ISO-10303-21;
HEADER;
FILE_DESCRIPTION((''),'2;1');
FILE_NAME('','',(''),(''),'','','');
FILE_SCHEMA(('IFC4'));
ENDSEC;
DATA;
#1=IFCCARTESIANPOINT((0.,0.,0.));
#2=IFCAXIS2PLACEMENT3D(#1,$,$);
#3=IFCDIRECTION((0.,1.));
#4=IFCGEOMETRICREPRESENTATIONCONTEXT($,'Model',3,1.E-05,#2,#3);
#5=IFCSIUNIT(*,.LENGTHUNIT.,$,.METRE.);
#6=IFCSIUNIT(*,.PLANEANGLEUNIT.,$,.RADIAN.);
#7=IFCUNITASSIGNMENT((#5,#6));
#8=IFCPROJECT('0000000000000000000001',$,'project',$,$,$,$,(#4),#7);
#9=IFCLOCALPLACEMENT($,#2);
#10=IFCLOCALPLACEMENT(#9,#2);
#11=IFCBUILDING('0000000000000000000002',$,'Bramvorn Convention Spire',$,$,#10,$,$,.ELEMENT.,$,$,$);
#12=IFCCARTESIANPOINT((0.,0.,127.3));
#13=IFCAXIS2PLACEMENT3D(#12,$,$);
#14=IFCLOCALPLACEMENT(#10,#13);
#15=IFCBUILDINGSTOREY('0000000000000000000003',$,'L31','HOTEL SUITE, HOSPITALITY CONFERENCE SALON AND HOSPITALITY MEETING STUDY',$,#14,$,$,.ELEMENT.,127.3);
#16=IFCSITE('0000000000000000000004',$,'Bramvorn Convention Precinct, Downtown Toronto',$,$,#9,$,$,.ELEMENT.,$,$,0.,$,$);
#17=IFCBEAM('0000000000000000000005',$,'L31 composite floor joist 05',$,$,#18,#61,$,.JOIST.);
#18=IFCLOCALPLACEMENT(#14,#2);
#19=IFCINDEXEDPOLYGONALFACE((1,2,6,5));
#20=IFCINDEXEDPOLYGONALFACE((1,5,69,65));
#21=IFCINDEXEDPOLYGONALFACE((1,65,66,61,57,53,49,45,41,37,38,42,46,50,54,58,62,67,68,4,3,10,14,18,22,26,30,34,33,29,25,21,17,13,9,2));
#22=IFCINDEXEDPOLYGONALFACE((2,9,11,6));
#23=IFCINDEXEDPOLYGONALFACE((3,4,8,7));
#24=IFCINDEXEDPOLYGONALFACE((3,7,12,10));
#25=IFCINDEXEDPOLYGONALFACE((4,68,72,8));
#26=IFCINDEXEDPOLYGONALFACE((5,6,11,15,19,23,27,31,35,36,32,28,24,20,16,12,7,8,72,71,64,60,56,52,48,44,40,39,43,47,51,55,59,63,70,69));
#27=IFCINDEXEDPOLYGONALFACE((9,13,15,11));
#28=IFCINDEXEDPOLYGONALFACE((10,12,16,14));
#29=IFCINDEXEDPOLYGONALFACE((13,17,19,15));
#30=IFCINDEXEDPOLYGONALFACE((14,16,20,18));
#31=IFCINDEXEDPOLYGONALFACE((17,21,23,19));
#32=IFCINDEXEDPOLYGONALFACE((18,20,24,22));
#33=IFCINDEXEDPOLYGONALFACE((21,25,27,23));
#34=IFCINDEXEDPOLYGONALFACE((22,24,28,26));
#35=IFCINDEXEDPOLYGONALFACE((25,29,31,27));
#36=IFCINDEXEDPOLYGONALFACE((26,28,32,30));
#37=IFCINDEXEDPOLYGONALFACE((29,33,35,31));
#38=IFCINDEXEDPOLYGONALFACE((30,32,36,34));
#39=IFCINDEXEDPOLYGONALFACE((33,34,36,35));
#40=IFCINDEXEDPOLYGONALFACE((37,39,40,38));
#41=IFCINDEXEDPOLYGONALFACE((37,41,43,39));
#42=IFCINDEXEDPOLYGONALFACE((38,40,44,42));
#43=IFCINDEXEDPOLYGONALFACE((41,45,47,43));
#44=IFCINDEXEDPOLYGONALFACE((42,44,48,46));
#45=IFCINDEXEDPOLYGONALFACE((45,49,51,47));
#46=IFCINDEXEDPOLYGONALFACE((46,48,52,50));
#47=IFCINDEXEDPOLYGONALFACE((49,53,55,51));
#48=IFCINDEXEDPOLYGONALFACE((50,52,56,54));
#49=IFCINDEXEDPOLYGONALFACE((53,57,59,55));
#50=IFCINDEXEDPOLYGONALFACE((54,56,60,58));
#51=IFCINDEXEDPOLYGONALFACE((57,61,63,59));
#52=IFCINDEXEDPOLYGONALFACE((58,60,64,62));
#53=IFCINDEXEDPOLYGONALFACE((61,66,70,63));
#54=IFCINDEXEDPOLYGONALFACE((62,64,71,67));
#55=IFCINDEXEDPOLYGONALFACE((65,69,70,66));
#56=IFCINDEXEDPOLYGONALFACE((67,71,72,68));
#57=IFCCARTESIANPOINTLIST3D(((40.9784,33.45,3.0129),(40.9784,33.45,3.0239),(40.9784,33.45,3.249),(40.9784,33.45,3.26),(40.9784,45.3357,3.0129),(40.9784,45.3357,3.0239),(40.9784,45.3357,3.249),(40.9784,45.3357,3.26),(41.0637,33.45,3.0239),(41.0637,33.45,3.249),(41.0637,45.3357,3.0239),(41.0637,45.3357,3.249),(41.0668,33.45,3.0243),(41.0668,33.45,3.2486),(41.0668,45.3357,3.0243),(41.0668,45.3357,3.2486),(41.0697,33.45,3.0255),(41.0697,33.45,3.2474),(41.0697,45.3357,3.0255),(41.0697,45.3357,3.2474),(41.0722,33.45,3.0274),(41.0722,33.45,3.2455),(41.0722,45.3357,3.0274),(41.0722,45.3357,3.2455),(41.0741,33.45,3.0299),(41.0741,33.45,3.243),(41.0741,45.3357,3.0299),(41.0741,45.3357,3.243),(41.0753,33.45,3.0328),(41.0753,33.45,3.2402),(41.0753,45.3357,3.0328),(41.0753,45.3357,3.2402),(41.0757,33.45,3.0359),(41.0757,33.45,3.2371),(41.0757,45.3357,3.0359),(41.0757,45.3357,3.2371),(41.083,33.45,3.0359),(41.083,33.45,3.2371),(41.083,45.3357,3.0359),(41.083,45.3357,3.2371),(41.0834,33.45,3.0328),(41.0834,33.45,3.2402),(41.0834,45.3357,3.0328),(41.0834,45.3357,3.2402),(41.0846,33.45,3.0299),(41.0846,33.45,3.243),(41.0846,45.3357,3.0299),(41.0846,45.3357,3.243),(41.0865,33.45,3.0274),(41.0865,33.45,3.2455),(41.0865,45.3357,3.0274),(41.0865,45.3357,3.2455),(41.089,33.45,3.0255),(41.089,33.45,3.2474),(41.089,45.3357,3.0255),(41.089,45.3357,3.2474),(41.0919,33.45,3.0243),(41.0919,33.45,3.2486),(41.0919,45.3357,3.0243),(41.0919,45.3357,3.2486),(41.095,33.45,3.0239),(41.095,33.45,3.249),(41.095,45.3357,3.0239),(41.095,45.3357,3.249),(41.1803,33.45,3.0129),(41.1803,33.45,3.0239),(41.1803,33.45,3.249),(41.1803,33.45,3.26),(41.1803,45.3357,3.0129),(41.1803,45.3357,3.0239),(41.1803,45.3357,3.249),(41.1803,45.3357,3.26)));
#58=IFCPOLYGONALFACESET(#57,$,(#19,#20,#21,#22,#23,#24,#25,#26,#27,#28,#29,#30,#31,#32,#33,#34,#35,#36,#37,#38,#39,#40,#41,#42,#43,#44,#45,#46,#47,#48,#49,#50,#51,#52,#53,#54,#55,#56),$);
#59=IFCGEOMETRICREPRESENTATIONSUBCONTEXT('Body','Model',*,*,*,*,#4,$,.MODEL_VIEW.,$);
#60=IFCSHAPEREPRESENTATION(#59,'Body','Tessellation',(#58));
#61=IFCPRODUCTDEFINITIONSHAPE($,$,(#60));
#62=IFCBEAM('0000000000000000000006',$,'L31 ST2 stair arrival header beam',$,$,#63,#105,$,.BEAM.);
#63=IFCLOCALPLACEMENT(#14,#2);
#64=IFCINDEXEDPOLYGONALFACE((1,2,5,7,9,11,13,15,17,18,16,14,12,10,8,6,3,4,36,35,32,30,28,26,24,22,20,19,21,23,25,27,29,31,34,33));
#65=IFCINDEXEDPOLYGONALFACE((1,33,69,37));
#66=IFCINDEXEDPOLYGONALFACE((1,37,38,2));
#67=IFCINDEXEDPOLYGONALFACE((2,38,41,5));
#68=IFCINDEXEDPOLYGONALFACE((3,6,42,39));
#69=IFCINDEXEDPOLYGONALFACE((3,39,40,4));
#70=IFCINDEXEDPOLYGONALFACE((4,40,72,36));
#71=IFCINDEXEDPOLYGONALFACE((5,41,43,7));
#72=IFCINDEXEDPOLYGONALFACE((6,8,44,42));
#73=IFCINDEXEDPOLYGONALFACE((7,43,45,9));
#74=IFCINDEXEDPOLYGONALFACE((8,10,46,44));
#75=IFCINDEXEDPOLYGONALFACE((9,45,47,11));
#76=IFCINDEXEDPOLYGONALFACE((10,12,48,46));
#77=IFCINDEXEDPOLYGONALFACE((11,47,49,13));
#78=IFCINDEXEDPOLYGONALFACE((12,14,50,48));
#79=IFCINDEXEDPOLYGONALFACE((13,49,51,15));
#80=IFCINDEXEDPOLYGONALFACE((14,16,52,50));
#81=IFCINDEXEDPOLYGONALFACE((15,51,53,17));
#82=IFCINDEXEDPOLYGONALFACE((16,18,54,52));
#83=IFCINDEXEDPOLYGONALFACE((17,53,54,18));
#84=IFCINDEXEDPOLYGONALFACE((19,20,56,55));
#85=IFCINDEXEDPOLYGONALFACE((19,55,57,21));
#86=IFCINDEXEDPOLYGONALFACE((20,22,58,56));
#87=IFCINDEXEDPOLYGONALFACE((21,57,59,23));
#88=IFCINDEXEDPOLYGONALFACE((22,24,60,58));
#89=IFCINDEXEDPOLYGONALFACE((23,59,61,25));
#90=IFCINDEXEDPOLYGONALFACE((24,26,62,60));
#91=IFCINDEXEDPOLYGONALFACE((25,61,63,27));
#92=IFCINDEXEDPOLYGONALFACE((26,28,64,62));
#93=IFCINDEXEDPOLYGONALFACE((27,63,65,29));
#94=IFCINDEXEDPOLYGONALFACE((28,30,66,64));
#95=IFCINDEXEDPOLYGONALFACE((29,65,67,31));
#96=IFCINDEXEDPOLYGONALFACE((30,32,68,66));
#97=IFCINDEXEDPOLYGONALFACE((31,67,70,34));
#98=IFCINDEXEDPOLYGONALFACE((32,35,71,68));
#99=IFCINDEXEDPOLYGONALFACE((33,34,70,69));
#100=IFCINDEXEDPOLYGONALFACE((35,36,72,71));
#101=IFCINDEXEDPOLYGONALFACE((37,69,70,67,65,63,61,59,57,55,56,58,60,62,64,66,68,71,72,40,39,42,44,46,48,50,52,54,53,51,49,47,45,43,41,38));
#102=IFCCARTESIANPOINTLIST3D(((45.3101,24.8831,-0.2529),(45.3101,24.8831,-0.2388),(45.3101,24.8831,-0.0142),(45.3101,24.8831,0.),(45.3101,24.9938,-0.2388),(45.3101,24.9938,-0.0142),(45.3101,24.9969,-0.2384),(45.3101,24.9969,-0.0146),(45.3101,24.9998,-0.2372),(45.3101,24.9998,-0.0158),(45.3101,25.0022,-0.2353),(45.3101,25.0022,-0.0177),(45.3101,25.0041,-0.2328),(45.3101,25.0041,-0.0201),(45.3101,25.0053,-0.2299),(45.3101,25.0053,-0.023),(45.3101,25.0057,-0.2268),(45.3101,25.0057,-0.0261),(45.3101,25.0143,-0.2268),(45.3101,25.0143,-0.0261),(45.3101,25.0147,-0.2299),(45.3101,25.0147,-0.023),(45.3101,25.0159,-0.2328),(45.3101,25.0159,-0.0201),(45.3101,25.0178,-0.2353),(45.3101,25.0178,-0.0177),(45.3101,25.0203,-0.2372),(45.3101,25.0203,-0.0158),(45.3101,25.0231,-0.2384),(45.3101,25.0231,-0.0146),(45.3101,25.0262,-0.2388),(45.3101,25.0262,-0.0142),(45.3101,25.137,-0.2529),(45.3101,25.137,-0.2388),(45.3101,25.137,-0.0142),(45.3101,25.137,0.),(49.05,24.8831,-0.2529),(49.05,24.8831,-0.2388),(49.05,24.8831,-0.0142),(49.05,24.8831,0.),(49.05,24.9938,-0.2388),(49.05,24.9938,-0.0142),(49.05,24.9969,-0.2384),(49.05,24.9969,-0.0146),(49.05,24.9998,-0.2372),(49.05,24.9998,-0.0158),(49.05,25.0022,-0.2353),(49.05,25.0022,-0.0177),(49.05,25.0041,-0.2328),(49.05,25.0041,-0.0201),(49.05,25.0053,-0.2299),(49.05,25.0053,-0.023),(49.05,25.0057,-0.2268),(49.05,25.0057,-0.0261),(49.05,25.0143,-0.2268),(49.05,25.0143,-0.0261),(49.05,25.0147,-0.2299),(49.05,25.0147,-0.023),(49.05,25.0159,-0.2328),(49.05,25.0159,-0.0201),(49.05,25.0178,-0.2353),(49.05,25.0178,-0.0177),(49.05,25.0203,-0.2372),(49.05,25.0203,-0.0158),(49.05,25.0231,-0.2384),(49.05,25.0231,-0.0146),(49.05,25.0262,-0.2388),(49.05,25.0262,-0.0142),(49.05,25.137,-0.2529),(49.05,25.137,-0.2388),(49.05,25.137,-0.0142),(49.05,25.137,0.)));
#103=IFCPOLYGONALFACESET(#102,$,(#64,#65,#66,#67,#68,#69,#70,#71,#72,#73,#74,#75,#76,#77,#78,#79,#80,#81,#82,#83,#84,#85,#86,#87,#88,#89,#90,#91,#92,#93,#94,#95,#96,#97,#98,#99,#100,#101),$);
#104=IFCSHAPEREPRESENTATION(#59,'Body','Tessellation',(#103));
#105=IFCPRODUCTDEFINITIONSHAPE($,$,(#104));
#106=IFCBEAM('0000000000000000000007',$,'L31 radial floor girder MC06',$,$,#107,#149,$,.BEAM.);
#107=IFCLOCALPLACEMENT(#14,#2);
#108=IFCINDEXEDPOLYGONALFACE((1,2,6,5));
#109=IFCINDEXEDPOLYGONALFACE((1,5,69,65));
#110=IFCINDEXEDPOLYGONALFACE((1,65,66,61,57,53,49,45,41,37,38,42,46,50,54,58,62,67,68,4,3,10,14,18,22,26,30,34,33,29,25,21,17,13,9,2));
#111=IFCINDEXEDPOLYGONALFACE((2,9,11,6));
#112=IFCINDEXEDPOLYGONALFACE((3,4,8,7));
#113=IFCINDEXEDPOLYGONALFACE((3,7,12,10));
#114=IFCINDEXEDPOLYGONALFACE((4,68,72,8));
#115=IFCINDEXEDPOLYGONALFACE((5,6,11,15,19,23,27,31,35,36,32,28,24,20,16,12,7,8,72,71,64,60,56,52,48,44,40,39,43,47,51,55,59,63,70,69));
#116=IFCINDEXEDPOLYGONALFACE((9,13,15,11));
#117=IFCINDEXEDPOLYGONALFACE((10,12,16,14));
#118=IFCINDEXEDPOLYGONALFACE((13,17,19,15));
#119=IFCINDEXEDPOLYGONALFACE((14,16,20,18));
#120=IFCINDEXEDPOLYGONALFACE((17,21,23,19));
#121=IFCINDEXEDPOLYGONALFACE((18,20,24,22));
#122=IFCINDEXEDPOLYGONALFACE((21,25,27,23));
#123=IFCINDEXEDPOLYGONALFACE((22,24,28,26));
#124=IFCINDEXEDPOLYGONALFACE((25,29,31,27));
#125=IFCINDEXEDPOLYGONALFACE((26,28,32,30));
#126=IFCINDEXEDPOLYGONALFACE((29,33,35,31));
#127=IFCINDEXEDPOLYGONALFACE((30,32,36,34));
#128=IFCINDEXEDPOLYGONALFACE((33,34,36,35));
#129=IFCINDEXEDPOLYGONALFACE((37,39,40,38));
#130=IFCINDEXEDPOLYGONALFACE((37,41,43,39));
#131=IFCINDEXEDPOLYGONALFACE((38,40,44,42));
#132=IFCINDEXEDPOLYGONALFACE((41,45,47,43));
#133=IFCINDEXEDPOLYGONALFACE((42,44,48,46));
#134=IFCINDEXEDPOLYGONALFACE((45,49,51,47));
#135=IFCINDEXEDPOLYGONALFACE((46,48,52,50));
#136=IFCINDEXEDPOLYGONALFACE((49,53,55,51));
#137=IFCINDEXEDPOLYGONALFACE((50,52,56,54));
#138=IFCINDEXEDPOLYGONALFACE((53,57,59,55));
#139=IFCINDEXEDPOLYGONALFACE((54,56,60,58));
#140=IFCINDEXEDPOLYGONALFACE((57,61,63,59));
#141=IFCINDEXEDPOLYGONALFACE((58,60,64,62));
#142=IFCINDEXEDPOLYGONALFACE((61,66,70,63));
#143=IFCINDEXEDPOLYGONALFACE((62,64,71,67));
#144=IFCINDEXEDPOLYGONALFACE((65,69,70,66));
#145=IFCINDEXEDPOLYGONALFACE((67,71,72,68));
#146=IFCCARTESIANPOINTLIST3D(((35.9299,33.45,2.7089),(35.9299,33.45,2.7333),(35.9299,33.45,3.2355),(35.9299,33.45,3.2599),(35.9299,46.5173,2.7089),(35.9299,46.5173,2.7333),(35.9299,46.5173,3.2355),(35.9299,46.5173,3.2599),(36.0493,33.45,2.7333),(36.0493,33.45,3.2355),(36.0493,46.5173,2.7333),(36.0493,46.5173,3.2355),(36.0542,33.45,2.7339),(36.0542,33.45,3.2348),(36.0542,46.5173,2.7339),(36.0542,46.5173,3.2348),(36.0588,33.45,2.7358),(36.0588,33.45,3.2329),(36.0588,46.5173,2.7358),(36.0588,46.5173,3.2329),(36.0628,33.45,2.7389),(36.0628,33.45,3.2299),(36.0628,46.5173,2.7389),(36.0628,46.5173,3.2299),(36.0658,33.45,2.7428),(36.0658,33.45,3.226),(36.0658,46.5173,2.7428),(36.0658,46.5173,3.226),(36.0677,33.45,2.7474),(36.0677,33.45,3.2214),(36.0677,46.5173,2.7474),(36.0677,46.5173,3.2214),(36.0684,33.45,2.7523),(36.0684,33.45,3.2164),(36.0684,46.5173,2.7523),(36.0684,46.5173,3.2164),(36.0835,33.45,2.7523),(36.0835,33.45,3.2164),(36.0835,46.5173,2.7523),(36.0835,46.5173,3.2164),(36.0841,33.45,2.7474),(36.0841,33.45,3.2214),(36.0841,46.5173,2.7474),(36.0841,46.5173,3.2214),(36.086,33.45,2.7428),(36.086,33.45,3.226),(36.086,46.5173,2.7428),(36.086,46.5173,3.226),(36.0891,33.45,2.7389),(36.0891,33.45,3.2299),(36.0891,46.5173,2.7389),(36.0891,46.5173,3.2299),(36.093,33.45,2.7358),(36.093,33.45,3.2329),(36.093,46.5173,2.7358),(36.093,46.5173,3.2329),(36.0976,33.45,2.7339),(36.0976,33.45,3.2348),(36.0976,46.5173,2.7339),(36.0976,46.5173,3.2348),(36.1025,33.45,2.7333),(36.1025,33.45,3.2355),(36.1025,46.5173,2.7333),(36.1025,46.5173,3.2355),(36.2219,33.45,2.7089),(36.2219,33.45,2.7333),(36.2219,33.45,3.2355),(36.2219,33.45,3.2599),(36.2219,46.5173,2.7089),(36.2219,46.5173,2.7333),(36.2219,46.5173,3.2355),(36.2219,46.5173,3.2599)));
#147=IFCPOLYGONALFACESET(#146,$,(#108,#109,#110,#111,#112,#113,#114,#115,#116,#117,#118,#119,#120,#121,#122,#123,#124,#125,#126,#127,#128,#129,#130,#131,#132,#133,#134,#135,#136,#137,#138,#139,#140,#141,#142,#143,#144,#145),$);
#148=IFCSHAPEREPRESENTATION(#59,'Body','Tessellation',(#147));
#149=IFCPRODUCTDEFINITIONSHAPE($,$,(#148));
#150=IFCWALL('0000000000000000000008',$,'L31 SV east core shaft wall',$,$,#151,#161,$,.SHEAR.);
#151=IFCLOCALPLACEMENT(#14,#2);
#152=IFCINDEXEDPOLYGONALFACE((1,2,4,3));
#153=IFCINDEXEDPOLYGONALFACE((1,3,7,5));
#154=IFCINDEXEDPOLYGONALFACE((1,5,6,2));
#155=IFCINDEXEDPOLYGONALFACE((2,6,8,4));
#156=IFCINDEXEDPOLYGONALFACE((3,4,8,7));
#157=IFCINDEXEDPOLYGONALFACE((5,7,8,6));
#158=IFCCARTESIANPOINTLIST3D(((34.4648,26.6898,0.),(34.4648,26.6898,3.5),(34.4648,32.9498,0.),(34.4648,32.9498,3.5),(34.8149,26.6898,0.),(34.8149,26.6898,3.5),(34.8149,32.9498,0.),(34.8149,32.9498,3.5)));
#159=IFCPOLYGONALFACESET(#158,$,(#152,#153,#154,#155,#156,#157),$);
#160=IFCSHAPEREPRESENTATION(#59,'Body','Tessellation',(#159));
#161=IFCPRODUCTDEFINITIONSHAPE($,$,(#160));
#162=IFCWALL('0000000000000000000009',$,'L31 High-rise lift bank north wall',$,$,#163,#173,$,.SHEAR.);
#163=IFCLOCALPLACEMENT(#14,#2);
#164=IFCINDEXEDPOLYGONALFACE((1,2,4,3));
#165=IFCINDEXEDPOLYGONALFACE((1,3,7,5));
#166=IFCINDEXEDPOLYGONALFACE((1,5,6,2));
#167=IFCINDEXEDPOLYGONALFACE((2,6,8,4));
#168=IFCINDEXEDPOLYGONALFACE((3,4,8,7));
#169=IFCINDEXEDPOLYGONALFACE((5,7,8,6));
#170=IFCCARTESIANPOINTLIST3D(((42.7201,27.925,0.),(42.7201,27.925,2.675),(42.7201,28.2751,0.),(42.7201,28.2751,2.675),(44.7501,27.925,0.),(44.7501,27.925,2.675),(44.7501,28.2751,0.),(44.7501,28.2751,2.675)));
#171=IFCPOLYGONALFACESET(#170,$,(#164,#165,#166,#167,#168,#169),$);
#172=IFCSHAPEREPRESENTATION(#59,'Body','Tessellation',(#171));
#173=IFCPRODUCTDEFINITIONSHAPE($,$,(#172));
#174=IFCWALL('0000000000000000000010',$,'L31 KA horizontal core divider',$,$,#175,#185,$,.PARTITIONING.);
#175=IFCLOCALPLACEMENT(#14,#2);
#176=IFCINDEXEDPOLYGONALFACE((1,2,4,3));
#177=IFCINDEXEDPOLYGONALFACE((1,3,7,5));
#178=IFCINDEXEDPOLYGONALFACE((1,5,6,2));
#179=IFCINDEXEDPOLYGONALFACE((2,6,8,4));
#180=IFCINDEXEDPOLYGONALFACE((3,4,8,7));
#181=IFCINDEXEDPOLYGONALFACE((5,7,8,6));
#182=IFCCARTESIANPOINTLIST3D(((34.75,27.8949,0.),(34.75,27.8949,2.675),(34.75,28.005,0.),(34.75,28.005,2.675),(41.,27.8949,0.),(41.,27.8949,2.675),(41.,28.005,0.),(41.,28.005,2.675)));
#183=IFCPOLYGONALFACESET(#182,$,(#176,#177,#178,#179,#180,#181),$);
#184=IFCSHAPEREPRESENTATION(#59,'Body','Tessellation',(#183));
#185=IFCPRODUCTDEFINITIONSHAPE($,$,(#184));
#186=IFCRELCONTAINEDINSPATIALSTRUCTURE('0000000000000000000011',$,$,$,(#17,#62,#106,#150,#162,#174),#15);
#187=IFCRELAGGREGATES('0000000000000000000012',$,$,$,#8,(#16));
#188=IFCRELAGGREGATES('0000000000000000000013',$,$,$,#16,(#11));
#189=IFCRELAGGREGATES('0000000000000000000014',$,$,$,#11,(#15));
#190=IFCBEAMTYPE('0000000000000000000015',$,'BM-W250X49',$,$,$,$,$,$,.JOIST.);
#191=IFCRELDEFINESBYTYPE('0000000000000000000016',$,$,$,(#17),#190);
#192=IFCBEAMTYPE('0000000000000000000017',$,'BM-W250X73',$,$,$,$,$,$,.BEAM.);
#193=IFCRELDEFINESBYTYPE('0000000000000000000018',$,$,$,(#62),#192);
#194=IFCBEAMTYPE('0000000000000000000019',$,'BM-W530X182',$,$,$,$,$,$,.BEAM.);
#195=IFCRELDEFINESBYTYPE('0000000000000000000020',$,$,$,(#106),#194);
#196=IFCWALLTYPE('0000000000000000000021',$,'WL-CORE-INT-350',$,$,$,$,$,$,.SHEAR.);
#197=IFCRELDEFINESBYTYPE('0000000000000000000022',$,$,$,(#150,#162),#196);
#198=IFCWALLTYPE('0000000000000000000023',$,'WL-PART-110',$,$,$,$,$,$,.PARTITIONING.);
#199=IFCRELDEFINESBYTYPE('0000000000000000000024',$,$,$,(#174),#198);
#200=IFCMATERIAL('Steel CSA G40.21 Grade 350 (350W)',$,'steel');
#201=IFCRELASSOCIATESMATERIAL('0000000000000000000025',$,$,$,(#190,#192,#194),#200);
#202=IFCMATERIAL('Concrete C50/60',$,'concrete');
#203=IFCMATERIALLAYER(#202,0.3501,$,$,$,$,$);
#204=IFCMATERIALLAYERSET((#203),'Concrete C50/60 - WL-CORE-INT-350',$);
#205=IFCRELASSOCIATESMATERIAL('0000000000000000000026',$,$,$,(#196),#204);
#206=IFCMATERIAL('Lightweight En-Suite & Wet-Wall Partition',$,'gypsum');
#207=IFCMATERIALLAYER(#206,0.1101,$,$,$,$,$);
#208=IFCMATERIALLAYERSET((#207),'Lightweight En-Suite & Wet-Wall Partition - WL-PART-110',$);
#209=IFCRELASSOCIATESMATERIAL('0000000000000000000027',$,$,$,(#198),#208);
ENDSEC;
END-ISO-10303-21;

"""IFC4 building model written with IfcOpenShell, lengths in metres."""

from ifc_helpers import new_model, si_unit, direction, frame, frame_2d, origin, origin_2d, place, context, subcontext, project, spatial, rectangle, i_section, extrude, material, layer, layer_set, material_profile, profile_set, type_object, element, save


model = new_model("IFC4")

# Units and contexts
model_context = context("Model", 3, precision=1e-05, world=origin(), true_north=direction((0.0, 1.0)))
body_context = subcontext(model_context, "Body", "Model", "MODEL_VIEW")
ifc_project = project(units=[si_unit("LENGTHUNIT", "METRE"), si_unit("PLANEANGLEUNIT", "RADIAN")], contexts=[model_context])

# Site, building, storey
site_placement = place(None, origin())
site = spatial("IfcSite", under=ifc_project, at=site_placement, Name="Bramvorn Convention Precinct, Downtown Toronto", CompositionType="ELEMENT", RefElevation=0.0)
building_placement = place(site_placement, origin())
building = spatial("IfcBuilding", under=site, at=building_placement, Name="Bramvorn Convention Spire", CompositionType="ELEMENT")
storey_placement = place(building_placement, frame((0.0, 0.0, 127.3)))
storey = spatial("IfcBuildingStorey", under=building, at=storey_placement, Name="L31", Description="HOTEL SUITE, HOSPITALITY CONFERENCE SALON AND HOSPITALITY MEETING STUDY", CompositionType="ELEMENT", Elevation=127.3)

# Beams
ifc_material_1 = material(Name="Steel CSA G40.21 Grade 350 (350W)", Category="steel")
ifc_material_profile_1 = material_profile(ifc_material_1, i_section(OverallWidth=0.2019, OverallDepth=0.2471, WebThickness=0.0073, FlangeThickness=0.011, FilletRadius=0.012, at=origin_2d()))
ifc_profile_set_1 = profile_set([ifc_material_profile_1], Name="Steel CSA G40.21 Grade 350 (350W) - W250X49")
beam_type_1 = type_object("IfcBeamType", Name="BM-W250X49", PredefinedType="JOIST", material=ifc_profile_set_1)
beam_1_placement = place(storey_placement, frame((41.0793, 33.45, 3.1365), z_axis=(0.0, 1.0, 0.0), x_axis=(-1.0, 0.0, 0.0)))
element("IfcBeam", 1, at=beam_1_placement, inside=storey, type_object=beam_type_1, Name="L31 composite floor joist 05", PredefinedType="JOIST", context=body_context, shape_type="SweptSolid", body=[
    extrude(i_section(OverallWidth=0.2019, OverallDepth=0.2471, WebThickness=0.0073, FlangeThickness=0.011, FilletRadius=0.012, at=origin_2d()), origin(), (0.0, 0.0, 1.0), 11.8857),
])
ifc_material_profile_2 = material_profile(ifc_material_1, i_section(OverallWidth=0.2539, OverallDepth=0.2529, WebThickness=0.0085, FlangeThickness=0.0142, FilletRadius=0.012, at=origin_2d()))
ifc_profile_set_2 = profile_set([ifc_material_profile_2], Name="Steel CSA G40.21 Grade 350 (350W) - W250X73")
beam_type_2 = type_object("IfcBeamType", Name="BM-W250X73", PredefinedType="BEAM", material=ifc_profile_set_2)
beam_2_placement = place(storey_placement, frame((45.3101, 25.01, -0.1265), z_axis=(1.0, 0.0, 0.0), x_axis=(0.0, 1.0, 0.0)))
element("IfcBeam", 2, at=beam_2_placement, inside=storey, type_object=beam_type_2, Name="L31 ST2 stair arrival header beam", PredefinedType="BEAM", context=body_context, shape_type="SweptSolid", body=[
    extrude(i_section(OverallWidth=0.2539, OverallDepth=0.2529, WebThickness=0.0085, FlangeThickness=0.0142, FilletRadius=0.012, at=origin_2d()), origin(), (0.0, 0.0, 1.0), 3.74),
])
ifc_material_profile_3 = material_profile(ifc_material_1, i_section(OverallWidth=0.292, OverallDepth=0.551, WebThickness=0.0151, FlangeThickness=0.0244, FilletRadius=0.019, at=origin_2d()))
ifc_profile_set_3 = profile_set([ifc_material_profile_3], Name="Steel CSA G40.21 Grade 350 (350W) - W530X182")
beam_type_3 = type_object("IfcBeamType", Name="BM-W530X182", PredefinedType="BEAM", material=ifc_profile_set_3)
beam_3_placement = place(storey_placement, frame((36.0759, 33.45, 2.9844), z_axis=(0.0, 1.0, 0.0), x_axis=(-1.0, 0.0, 0.0)))
element("IfcBeam", 3, at=beam_3_placement, inside=storey, type_object=beam_type_3, Name="L31 radial floor girder MC06", PredefinedType="BEAM", context=body_context, shape_type="SweptSolid", body=[
    extrude(i_section(OverallWidth=0.292, OverallDepth=0.551, WebThickness=0.0151, FlangeThickness=0.0244, FilletRadius=0.019, at=origin_2d()), origin(), (0.0, 0.0, 1.0), 13.0674),
])

# Shared definitions
ifc_material_2 = material(Name="Concrete C50/60", Category="concrete")
ifc_layer_1 = layer(ifc_material_2, 0.3501)
ifc_layer_set_1 = layer_set([ifc_layer_1], Name="Concrete C50/60 - WL-CORE-INT-350")
wall_type_1 = type_object("IfcWallType", Name="WL-CORE-INT-350", PredefinedType="SHEAR", material=ifc_layer_set_1)

# Walls
wall_1_placement = place(storey_placement, frame((34.6399, 26.6899, 0.0), z_axis=(0.0, 0.0, 1.0), x_axis=(0.0, 1.0, 0.0)))
element("IfcWall", 4, at=wall_1_placement, inside=storey, type_object=wall_type_1, Name="L31 SV east core shaft wall", PredefinedType="SHEAR", context=body_context, shape_type="SweptSolid", body=[
    extrude(rectangle(XDim=6.26, YDim=0.3501, at=frame_2d((3.1299, 0.0))), origin(), (0.0, 0.0, 1.0), 3.5),
])
wall_2_placement = place(storey_placement, frame((42.72, 28.1001, 0.0), z_axis=(0.0, 0.0, 1.0), x_axis=(1.0, 0.0, 0.0)))
element("IfcWall", 5, at=wall_2_placement, inside=storey, type_object=wall_type_1, Name="L31 High-rise lift bank north wall", PredefinedType="SHEAR", context=body_context, shape_type="SweptSolid", body=[
    extrude(rectangle(XDim=2.03, YDim=0.3501, at=frame_2d((1.0151, 0.0))), origin(), (0.0, 0.0, 1.0), 2.675),
])
ifc_material_3 = material(Name="Lightweight En-Suite & Wet-Wall Partition", Category="gypsum")
ifc_layer_2 = layer(ifc_material_3, 0.1101)
ifc_layer_set_2 = layer_set([ifc_layer_2], Name="Lightweight En-Suite & Wet-Wall Partition - WL-PART-110")
wall_type_2 = type_object("IfcWallType", Name="WL-PART-110", PredefinedType="PARTITIONING", material=ifc_layer_set_2)
wall_3_placement = place(storey_placement, frame((34.75, 27.95, 0.0), z_axis=(0.0, 0.0, 1.0), x_axis=(1.0, 0.0, 0.0)))
element("IfcWall", 6, at=wall_3_placement, inside=storey, type_object=wall_type_2, Name="L31 KA horizontal core divider", PredefinedType="PARTITIONING", context=body_context, shape_type="SweptSolid", body=[
    extrude(rectangle(XDim=6.25, YDim=0.1101, at=frame_2d((3.125, 0.0))), origin(), (0.0, 0.0, 1.0), 2.675),
])

save(model, "model.ifc")
